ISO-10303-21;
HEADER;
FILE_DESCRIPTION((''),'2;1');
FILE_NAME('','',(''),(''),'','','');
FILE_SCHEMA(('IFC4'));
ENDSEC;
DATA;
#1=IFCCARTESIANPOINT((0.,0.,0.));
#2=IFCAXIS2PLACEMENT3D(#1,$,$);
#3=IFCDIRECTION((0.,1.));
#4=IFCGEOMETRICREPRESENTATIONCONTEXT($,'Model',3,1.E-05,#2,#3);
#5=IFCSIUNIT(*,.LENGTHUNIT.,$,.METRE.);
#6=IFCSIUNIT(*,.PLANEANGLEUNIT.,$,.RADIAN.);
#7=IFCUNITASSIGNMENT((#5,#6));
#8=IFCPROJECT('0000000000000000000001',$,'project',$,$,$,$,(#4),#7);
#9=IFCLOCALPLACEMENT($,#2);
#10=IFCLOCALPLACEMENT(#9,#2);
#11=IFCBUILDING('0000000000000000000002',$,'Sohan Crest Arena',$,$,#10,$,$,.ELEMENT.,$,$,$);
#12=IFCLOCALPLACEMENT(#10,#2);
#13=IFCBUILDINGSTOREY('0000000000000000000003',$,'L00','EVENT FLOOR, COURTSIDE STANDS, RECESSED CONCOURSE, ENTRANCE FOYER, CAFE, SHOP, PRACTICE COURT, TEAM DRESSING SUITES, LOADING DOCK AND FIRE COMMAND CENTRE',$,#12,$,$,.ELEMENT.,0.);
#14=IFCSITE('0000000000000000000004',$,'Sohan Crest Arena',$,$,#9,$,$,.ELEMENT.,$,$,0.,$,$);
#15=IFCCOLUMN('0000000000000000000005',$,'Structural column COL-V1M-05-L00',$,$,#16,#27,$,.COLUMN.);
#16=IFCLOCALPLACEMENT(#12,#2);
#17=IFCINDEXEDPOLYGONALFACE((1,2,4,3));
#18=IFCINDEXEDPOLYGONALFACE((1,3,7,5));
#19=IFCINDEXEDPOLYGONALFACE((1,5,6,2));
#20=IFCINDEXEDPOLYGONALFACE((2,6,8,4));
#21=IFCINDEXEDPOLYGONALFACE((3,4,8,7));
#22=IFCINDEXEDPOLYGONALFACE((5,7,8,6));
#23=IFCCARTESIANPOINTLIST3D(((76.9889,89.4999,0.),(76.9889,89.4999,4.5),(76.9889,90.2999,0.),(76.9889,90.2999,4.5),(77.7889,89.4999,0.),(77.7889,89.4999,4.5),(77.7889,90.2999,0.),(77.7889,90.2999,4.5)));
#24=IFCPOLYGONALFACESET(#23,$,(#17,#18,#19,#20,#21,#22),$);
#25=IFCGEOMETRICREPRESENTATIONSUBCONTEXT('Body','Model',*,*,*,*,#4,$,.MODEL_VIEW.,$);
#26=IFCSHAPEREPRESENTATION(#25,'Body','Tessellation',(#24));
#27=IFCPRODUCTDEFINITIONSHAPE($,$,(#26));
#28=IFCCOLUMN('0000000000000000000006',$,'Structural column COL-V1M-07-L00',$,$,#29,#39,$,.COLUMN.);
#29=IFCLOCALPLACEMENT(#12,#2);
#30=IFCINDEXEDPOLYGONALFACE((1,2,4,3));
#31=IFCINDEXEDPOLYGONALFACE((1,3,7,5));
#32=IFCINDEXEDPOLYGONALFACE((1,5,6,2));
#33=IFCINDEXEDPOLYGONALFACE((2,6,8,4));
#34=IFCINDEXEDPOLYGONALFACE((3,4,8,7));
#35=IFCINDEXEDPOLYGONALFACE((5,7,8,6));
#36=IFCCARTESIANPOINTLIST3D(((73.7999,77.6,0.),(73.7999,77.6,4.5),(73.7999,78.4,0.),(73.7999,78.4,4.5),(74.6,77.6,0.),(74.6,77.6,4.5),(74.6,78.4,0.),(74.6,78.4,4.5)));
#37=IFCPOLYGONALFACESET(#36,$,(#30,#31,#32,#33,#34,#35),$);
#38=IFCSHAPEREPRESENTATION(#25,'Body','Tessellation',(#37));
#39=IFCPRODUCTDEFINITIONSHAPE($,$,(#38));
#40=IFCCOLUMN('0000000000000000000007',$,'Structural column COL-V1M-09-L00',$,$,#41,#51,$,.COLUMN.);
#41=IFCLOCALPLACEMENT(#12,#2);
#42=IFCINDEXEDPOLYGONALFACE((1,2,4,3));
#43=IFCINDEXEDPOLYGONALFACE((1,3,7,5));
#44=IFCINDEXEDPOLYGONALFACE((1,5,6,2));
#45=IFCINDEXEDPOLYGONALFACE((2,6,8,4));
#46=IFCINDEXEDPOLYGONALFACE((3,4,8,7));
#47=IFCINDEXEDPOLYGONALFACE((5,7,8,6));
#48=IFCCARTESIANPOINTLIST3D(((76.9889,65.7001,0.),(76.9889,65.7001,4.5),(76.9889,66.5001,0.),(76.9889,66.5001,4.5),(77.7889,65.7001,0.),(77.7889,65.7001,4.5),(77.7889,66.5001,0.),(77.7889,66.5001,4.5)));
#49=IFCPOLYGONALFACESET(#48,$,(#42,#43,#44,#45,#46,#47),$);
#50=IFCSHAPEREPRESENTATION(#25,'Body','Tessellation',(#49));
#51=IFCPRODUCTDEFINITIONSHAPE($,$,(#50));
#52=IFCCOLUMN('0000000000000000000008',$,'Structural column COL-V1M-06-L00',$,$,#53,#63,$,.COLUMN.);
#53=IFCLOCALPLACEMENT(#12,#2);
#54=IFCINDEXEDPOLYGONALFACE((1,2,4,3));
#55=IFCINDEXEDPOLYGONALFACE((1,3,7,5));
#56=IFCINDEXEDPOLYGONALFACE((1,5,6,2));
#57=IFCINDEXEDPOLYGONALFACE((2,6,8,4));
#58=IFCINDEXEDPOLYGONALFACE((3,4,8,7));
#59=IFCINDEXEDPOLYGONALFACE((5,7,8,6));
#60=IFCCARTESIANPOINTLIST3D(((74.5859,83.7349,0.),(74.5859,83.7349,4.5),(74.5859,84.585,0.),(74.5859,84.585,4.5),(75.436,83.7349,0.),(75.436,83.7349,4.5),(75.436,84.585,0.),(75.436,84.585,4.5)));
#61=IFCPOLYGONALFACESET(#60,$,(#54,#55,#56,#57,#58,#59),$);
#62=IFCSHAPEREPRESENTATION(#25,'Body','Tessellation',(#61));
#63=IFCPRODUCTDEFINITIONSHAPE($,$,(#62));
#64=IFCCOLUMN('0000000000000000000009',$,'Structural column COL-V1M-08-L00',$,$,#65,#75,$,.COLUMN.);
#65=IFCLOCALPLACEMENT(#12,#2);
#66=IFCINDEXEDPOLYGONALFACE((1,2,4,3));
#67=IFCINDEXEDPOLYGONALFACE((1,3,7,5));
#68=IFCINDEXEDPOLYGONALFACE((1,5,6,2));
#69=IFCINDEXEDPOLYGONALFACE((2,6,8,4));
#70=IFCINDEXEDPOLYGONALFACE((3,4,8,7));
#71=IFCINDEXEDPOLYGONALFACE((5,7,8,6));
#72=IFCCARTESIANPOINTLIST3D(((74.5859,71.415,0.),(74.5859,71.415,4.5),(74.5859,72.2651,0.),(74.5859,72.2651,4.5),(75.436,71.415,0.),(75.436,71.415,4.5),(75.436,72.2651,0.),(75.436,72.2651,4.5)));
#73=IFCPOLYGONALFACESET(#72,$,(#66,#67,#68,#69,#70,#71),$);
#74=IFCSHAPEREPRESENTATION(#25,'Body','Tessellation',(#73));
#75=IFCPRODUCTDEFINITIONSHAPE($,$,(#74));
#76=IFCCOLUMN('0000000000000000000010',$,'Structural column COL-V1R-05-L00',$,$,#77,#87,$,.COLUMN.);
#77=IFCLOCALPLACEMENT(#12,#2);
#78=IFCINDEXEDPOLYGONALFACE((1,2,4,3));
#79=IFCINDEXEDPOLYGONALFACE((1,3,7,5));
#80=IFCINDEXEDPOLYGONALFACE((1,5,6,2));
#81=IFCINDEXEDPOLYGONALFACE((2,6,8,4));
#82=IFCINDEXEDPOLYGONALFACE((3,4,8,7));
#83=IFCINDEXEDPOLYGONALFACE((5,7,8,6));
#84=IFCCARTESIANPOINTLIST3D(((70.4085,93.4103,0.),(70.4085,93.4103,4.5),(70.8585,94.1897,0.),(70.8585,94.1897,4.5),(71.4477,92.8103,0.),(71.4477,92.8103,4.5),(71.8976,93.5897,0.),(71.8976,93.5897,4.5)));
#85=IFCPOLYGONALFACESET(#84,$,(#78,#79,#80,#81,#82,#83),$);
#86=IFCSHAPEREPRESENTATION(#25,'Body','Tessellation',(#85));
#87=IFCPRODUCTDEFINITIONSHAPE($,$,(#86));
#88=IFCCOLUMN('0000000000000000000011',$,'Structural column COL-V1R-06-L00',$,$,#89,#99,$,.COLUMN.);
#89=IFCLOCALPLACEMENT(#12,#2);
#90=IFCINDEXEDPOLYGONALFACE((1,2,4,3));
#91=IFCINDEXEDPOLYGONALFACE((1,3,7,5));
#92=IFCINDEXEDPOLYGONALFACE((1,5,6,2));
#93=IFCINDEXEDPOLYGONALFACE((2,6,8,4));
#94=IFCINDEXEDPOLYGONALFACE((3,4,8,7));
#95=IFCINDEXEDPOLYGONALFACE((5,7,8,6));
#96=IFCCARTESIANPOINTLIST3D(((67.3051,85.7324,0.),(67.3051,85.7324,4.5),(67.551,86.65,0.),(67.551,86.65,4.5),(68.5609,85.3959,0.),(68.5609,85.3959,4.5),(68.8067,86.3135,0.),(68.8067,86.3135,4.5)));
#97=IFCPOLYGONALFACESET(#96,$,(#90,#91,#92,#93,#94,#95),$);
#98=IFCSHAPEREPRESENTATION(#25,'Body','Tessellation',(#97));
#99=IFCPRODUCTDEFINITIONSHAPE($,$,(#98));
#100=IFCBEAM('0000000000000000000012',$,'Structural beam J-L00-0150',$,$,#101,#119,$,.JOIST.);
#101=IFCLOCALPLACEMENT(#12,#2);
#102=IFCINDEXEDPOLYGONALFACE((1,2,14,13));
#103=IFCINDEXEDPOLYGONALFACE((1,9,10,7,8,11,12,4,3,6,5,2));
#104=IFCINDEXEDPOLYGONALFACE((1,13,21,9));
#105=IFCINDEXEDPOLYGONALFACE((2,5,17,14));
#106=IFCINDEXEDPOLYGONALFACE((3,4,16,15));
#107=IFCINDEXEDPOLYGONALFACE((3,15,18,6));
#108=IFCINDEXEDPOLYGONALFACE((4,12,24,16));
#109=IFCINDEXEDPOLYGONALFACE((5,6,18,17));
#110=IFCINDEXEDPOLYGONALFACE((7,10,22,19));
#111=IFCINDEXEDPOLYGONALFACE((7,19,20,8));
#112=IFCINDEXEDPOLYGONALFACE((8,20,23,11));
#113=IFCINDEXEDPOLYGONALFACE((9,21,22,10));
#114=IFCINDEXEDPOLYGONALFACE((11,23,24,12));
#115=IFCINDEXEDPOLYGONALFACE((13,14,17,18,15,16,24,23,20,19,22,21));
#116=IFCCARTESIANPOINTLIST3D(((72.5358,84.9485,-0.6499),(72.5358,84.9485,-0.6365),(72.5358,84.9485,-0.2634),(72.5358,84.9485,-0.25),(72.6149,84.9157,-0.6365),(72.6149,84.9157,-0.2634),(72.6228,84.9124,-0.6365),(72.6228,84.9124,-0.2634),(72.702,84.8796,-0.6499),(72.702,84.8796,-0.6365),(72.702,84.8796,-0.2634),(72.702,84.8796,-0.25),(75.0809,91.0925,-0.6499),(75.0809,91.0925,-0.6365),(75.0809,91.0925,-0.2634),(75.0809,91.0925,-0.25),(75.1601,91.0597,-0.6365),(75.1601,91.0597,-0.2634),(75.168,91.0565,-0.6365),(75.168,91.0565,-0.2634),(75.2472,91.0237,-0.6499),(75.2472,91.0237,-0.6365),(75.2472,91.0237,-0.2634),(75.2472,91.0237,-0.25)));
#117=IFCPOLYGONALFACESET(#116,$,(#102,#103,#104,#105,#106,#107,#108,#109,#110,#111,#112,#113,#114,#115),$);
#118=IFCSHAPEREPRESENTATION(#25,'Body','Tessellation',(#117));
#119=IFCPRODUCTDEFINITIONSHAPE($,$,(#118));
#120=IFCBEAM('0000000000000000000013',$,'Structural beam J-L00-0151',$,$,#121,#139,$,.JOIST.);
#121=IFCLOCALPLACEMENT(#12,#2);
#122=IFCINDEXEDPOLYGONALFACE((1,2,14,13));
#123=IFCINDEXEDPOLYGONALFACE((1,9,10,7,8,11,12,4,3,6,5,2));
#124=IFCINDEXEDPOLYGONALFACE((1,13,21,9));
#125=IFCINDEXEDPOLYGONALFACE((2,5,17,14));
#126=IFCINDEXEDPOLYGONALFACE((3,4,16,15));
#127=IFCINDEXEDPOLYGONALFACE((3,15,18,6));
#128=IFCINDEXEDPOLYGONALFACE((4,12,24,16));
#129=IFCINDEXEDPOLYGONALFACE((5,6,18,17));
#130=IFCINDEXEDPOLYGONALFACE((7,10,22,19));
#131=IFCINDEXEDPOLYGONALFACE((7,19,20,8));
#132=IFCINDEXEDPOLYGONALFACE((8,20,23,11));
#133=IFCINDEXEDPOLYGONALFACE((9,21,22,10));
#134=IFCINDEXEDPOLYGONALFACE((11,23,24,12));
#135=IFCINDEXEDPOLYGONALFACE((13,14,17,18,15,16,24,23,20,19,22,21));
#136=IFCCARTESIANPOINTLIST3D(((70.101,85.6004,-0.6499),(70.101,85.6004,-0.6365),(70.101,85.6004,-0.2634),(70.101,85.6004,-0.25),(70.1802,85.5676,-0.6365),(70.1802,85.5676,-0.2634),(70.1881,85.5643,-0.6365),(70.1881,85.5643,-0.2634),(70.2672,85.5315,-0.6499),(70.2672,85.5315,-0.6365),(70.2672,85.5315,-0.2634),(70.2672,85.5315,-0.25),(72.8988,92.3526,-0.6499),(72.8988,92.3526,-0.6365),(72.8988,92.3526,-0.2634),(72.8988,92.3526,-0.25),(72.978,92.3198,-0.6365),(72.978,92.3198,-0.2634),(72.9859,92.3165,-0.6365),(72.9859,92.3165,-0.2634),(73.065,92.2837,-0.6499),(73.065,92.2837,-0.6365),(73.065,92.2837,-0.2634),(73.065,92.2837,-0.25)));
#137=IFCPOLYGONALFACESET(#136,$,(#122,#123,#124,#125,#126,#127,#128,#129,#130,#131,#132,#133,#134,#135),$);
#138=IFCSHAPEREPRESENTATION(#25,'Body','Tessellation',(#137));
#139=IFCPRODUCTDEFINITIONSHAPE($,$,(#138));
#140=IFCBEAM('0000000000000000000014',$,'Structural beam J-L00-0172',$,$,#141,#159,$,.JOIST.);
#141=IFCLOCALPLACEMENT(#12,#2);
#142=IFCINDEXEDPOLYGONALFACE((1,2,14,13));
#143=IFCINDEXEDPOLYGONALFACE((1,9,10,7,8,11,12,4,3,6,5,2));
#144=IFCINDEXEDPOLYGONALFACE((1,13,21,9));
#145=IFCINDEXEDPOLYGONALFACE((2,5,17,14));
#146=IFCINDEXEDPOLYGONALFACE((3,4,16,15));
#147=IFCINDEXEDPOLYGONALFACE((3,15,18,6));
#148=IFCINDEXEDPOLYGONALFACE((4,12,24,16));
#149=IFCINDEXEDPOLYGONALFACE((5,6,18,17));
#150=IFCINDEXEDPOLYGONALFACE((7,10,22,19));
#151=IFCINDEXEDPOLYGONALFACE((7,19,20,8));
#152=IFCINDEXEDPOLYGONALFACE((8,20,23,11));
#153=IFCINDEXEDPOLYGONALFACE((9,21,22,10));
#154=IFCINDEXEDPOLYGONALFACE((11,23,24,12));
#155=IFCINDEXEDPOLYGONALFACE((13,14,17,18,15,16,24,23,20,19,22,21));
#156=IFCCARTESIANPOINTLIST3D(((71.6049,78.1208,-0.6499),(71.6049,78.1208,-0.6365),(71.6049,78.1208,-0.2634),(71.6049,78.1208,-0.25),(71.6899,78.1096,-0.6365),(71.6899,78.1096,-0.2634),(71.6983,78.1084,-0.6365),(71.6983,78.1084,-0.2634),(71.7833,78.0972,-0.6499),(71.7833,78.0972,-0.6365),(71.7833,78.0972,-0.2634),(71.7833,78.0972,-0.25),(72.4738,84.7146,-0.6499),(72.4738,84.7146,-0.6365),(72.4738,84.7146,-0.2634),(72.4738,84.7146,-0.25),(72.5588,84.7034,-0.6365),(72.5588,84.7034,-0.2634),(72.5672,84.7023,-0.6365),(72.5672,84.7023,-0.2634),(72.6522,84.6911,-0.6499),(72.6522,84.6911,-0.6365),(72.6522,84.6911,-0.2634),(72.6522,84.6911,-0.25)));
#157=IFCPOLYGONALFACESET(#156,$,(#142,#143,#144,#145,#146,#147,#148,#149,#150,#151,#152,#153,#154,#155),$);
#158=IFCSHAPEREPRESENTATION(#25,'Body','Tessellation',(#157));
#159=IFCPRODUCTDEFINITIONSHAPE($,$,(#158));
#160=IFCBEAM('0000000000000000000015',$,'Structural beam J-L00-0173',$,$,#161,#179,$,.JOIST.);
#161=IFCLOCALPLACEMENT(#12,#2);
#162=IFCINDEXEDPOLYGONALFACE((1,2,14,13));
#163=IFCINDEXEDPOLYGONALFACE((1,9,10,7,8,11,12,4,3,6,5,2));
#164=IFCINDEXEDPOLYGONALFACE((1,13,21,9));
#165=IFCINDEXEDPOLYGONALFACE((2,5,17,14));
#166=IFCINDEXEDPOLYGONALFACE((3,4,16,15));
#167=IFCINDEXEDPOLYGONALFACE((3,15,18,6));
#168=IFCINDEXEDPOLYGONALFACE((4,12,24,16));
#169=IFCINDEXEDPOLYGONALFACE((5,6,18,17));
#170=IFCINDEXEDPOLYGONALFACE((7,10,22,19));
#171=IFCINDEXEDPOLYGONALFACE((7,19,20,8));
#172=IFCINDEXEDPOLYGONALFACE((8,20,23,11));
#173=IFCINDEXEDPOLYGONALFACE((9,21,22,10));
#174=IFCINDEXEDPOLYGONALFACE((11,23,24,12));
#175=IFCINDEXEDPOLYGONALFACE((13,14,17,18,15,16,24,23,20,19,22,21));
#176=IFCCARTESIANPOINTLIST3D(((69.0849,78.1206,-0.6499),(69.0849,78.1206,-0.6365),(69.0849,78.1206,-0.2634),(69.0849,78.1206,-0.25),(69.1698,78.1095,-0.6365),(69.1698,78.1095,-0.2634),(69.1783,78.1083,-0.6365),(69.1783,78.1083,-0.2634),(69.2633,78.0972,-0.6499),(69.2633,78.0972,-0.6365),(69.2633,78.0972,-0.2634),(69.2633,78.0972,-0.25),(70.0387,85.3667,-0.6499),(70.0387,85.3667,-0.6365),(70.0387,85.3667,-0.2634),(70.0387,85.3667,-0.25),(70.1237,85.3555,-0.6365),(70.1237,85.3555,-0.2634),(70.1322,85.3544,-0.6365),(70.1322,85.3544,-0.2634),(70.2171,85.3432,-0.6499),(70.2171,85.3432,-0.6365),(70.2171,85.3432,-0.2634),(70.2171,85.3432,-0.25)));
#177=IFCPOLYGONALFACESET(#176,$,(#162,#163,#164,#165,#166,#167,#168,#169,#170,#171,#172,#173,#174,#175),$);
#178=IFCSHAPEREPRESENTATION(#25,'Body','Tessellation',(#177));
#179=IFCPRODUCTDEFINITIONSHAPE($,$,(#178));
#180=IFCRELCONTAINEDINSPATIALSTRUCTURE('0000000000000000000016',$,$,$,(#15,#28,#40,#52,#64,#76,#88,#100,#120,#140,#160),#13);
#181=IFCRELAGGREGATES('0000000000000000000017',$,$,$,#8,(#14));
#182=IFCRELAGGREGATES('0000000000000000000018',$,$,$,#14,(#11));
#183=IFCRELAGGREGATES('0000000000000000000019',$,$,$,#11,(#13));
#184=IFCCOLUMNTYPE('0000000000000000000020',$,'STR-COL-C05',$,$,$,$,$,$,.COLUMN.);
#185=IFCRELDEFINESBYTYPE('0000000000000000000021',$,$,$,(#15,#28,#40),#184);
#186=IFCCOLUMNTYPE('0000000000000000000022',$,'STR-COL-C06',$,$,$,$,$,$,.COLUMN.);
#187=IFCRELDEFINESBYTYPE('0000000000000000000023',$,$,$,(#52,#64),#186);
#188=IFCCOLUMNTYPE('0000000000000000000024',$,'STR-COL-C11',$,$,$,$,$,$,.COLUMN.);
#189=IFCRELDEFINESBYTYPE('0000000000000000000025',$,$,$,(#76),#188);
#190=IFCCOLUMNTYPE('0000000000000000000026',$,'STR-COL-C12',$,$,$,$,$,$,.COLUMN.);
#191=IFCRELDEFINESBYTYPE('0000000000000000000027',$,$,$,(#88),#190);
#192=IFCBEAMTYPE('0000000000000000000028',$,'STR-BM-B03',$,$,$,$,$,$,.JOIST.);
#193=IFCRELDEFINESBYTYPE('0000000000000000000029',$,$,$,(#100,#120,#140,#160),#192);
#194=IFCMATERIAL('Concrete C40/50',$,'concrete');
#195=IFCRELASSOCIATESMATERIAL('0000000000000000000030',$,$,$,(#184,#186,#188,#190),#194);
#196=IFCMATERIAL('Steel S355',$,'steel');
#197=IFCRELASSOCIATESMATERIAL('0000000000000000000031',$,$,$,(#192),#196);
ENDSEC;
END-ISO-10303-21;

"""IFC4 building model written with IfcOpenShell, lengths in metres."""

from ifc_helpers import new_model, si_unit, direction, frame, origin, origin_2d, place, context, subcontext, project, spatial, rectangle, i_section, extrude, material, material_profile, profile_set, type_object, element, save


model = new_model("IFC4")

# Units and contexts
model_context = context("Model", 3, precision=1e-05, world=origin(), true_north=direction((0.0, 1.0)))
body_context = subcontext(model_context, "Body", "Model", "MODEL_VIEW")
ifc_project = project(units=[si_unit("LENGTHUNIT", "METRE"), si_unit("PLANEANGLEUNIT", "RADIAN")], contexts=[model_context])

# Site, building, storey
site_placement = place(None, origin())
site = spatial("IfcSite", under=ifc_project, at=site_placement, Name="Sohan Crest Arena", CompositionType="ELEMENT", RefElevation=0.0)
building_placement = place(site_placement, origin())
building = spatial("IfcBuilding", under=site, at=building_placement, Name="Sohan Crest Arena", CompositionType="ELEMENT")
storey_placement = place(building_placement, origin())
storey = spatial("IfcBuildingStorey", under=building, at=storey_placement, Name="L00", Description="EVENT FLOOR, COURTSIDE STANDS, RECESSED CONCOURSE, ENTRANCE FOYER, CAFE, SHOP, PRACTICE COURT, TEAM DRESSING SUITES, LOADING DOCK AND FIRE COMMAND CENTRE", CompositionType="ELEMENT", Elevation=0.0)

# Columns
ifc_material_1 = material(Name="Concrete C40/50", Category="concrete")
ifc_material_profile_1 = material_profile(ifc_material_1, rectangle(XDim=0.8, YDim=0.8, at=origin_2d()), Name="RC 800x800")
ifc_profile_set_1 = profile_set([ifc_material_profile_1], Name="Concrete C40/50")
column_type_1 = type_object("IfcColumnType", Name="STR-COL-C05", PredefinedType="COLUMN", material=ifc_profile_set_1)
for number, where, z_axis, x_axis, name in (
    (1, (77.3889, 89.8999, 0.0), (0.0, 0.0, 1.0), (1.0, 0.0, 0.0), "Structural column COL-V1M-05-L00"),
    (2, (74.2, 78.0, 0.0), (0.0, 0.0, 1.0), (1.0, 0.0, 0.0), "Structural column COL-V1M-07-L00"),
    (3, (77.3889, 66.1001, 0.0), (0.0, 0.0, 1.0), (1.0, 0.0, 0.0), "Structural column COL-V1M-09-L00"),
):
    element("IfcColumn", number, at=place(storey_placement, frame(where, z_axis=z_axis, x_axis=x_axis)), inside=storey, type_object=column_type_1, Name=name, PredefinedType="COLUMN", context=body_context, shape_type="SweptSolid", body=[
        extrude(rectangle(XDim=0.8, YDim=0.8, at=origin_2d()), origin(), (0.0, 0.0, 1.0), 4.5),
    ])
ifc_material_profile_2 = material_profile(ifc_material_1, rectangle(XDim=0.8501, YDim=0.8501, at=origin_2d()), Name="RC 850x850")
ifc_profile_set_2 = profile_set([ifc_material_profile_2], Name="Concrete C40/50")
column_type_2 = type_object("IfcColumnType", Name="STR-COL-C06", PredefinedType="COLUMN", material=ifc_profile_set_2)
for number, where, z_axis, x_axis, name in (
    (4, (75.011, 84.1599, 0.0), (0.0, 0.0, 1.0), (1.0, 0.0, 0.0), "Structural column COL-V1M-06-L00"),
    (5, (75.011, 71.8401, 0.0), (0.0, 0.0, 1.0), (1.0, 0.0, 0.0), "Structural column COL-V1M-08-L00"),
):
    element("IfcColumn", number, at=place(storey_placement, frame(where, z_axis=z_axis, x_axis=x_axis)), inside=storey, type_object=column_type_2, Name=name, PredefinedType="COLUMN", context=body_context, shape_type="SweptSolid", body=[
        extrude(rectangle(XDim=0.8501, YDim=0.8501, at=origin_2d()), origin(), (0.0, 0.0, 1.0), 4.5),
    ])
ifc_material_profile_3 = material_profile(ifc_material_1, rectangle(XDim=1.2, YDim=0.8999, at=origin_2d()), Name="RC 1200x900")
ifc_profile_set_3 = profile_set([ifc_material_profile_3], Name="Concrete C40/50")
column_type_3 = type_object("IfcColumnType", Name="STR-COL-C11", PredefinedType="COLUMN", material=ifc_profile_set_3)
column_1_placement = place(storey_placement, frame((71.1531, 93.5, 0.0), z_axis=(0.0, 0.0, 1.0), x_axis=(-0.866025, 0.5, 0.0)))
element("IfcColumn", 6, at=column_1_placement, inside=storey, type_object=column_type_3, Name="Structural column COL-V1R-05-L00", PredefinedType="COLUMN", context=body_context, shape_type="SweptSolid", body=[
    extrude(rectangle(XDim=1.2, YDim=0.8999, at=origin_2d()), origin(), (0.0, 0.0, 1.0), 4.5),
])
ifc_material_profile_4 = material_profile(ifc_material_1, rectangle(XDim=1.3, YDim=0.95, at=origin_2d()), Name="RC 1300x950")
ifc_profile_set_4 = profile_set([ifc_material_profile_4], Name="Concrete C40/50")
column_type_4 = type_object("IfcColumnType", Name="STR-COL-C12", PredefinedType="COLUMN", material=ifc_profile_set_4)
column_2_placement = place(storey_placement, frame((68.0559, 86.0229, 0.0), z_axis=(0.0, 0.0, 1.0), x_axis=(-0.965926, 0.258819, 0.0)))
element("IfcColumn", 7, at=column_2_placement, inside=storey, type_object=column_type_4, Name="Structural column COL-V1R-06-L00", PredefinedType="COLUMN", context=body_context, shape_type="SweptSolid", body=[
    extrude(rectangle(XDim=1.3, YDim=0.95, at=origin_2d()), origin(), (0.0, 0.0, 1.0), 4.5),
])

# Beams
ifc_material_2 = material(Name="Steel S355", Category="steel")
ifc_material_profile_5 = material_profile(ifc_material_2, i_section(OverallWidth=0.1799, OverallDepth=0.3999, WebThickness=0.0085, FlangeThickness=0.0134, at=origin_2d()), Name="IPE 400")
ifc_profile_set_5 = profile_set([ifc_material_profile_5], Name="Steel S355")
beam_type_1 = type_object("IfcBeamType", Name="STR-BM-B03", PredefinedType="JOIST", material=ifc_profile_set_5)
beam_1_placement = place(storey_placement, frame((75.1641, 91.0581, -0.45), z_axis=(-0.382712, -0.923868, 0.0), x_axis=(0.923868, -0.382712, 0.0)))
element("IfcBeam", 8, at=beam_1_placement, inside=storey, type_object=beam_type_1, Name="Structural beam J-L00-0150", PredefinedType="JOIST", context=body_context, shape_type="SweptSolid", body=[
    extrude(i_section(OverallWidth=0.1799, OverallDepth=0.3999, WebThickness=0.0085, FlangeThickness=0.0134, at=origin_2d()), origin(), (0.0, 0.0, 1.0), 6.6504),
])
beam_2_placement = place(storey_placement, frame((72.9819, 92.3181, -0.45), z_axis=(-0.3828, -0.923831, 0.0), x_axis=(0.923831, -0.3828, 0.0)))
element("IfcBeam", 9, at=beam_2_placement, inside=storey, type_object=beam_type_1, Name="Structural beam J-L00-0151", PredefinedType="JOIST", context=body_context, shape_type="SweptSolid", body=[
    extrude(i_section(OverallWidth=0.1799, OverallDepth=0.3999, WebThickness=0.0085, FlangeThickness=0.0134, at=origin_2d()), origin(), (0.0, 0.0, 1.0), 7.3088),
])
beam_3_placement = place(storey_placement, frame((72.563, 84.7029, -0.45), z_axis=(-0.130642, -0.99143, 0.0), x_axis=(0.99143, -0.130642, 0.0)))
element("IfcBeam", 10, at=beam_3_placement, inside=storey, type_object=beam_type_1, Name="Structural beam J-L00-0172", PredefinedType="JOIST", context=body_context, shape_type="SweptSolid", body=[
    extrude(i_section(OverallWidth=0.1799, OverallDepth=0.3999, WebThickness=0.0085, FlangeThickness=0.0134, at=origin_2d()), origin(), (0.0, 0.0, 1.0), 6.6509),
])
beam_4_placement = place(storey_placement, frame((70.1279, 85.355, -0.45), z_axis=(-0.130512, -0.991447, 0.0), x_axis=(0.991447, -0.130512, 0.0)))
element("IfcBeam", 11, at=beam_4_placement, inside=storey, type_object=beam_type_1, Name="Structural beam J-L00-0173", PredefinedType="JOIST", context=body_context, shape_type="SweptSolid", body=[
    extrude(i_section(OverallWidth=0.1799, OverallDepth=0.3999, WebThickness=0.0085, FlangeThickness=0.0134, at=origin_2d()), origin(), (0.0, 0.0, 1.0), 7.3086),
])

save(model, "model.ifc")
